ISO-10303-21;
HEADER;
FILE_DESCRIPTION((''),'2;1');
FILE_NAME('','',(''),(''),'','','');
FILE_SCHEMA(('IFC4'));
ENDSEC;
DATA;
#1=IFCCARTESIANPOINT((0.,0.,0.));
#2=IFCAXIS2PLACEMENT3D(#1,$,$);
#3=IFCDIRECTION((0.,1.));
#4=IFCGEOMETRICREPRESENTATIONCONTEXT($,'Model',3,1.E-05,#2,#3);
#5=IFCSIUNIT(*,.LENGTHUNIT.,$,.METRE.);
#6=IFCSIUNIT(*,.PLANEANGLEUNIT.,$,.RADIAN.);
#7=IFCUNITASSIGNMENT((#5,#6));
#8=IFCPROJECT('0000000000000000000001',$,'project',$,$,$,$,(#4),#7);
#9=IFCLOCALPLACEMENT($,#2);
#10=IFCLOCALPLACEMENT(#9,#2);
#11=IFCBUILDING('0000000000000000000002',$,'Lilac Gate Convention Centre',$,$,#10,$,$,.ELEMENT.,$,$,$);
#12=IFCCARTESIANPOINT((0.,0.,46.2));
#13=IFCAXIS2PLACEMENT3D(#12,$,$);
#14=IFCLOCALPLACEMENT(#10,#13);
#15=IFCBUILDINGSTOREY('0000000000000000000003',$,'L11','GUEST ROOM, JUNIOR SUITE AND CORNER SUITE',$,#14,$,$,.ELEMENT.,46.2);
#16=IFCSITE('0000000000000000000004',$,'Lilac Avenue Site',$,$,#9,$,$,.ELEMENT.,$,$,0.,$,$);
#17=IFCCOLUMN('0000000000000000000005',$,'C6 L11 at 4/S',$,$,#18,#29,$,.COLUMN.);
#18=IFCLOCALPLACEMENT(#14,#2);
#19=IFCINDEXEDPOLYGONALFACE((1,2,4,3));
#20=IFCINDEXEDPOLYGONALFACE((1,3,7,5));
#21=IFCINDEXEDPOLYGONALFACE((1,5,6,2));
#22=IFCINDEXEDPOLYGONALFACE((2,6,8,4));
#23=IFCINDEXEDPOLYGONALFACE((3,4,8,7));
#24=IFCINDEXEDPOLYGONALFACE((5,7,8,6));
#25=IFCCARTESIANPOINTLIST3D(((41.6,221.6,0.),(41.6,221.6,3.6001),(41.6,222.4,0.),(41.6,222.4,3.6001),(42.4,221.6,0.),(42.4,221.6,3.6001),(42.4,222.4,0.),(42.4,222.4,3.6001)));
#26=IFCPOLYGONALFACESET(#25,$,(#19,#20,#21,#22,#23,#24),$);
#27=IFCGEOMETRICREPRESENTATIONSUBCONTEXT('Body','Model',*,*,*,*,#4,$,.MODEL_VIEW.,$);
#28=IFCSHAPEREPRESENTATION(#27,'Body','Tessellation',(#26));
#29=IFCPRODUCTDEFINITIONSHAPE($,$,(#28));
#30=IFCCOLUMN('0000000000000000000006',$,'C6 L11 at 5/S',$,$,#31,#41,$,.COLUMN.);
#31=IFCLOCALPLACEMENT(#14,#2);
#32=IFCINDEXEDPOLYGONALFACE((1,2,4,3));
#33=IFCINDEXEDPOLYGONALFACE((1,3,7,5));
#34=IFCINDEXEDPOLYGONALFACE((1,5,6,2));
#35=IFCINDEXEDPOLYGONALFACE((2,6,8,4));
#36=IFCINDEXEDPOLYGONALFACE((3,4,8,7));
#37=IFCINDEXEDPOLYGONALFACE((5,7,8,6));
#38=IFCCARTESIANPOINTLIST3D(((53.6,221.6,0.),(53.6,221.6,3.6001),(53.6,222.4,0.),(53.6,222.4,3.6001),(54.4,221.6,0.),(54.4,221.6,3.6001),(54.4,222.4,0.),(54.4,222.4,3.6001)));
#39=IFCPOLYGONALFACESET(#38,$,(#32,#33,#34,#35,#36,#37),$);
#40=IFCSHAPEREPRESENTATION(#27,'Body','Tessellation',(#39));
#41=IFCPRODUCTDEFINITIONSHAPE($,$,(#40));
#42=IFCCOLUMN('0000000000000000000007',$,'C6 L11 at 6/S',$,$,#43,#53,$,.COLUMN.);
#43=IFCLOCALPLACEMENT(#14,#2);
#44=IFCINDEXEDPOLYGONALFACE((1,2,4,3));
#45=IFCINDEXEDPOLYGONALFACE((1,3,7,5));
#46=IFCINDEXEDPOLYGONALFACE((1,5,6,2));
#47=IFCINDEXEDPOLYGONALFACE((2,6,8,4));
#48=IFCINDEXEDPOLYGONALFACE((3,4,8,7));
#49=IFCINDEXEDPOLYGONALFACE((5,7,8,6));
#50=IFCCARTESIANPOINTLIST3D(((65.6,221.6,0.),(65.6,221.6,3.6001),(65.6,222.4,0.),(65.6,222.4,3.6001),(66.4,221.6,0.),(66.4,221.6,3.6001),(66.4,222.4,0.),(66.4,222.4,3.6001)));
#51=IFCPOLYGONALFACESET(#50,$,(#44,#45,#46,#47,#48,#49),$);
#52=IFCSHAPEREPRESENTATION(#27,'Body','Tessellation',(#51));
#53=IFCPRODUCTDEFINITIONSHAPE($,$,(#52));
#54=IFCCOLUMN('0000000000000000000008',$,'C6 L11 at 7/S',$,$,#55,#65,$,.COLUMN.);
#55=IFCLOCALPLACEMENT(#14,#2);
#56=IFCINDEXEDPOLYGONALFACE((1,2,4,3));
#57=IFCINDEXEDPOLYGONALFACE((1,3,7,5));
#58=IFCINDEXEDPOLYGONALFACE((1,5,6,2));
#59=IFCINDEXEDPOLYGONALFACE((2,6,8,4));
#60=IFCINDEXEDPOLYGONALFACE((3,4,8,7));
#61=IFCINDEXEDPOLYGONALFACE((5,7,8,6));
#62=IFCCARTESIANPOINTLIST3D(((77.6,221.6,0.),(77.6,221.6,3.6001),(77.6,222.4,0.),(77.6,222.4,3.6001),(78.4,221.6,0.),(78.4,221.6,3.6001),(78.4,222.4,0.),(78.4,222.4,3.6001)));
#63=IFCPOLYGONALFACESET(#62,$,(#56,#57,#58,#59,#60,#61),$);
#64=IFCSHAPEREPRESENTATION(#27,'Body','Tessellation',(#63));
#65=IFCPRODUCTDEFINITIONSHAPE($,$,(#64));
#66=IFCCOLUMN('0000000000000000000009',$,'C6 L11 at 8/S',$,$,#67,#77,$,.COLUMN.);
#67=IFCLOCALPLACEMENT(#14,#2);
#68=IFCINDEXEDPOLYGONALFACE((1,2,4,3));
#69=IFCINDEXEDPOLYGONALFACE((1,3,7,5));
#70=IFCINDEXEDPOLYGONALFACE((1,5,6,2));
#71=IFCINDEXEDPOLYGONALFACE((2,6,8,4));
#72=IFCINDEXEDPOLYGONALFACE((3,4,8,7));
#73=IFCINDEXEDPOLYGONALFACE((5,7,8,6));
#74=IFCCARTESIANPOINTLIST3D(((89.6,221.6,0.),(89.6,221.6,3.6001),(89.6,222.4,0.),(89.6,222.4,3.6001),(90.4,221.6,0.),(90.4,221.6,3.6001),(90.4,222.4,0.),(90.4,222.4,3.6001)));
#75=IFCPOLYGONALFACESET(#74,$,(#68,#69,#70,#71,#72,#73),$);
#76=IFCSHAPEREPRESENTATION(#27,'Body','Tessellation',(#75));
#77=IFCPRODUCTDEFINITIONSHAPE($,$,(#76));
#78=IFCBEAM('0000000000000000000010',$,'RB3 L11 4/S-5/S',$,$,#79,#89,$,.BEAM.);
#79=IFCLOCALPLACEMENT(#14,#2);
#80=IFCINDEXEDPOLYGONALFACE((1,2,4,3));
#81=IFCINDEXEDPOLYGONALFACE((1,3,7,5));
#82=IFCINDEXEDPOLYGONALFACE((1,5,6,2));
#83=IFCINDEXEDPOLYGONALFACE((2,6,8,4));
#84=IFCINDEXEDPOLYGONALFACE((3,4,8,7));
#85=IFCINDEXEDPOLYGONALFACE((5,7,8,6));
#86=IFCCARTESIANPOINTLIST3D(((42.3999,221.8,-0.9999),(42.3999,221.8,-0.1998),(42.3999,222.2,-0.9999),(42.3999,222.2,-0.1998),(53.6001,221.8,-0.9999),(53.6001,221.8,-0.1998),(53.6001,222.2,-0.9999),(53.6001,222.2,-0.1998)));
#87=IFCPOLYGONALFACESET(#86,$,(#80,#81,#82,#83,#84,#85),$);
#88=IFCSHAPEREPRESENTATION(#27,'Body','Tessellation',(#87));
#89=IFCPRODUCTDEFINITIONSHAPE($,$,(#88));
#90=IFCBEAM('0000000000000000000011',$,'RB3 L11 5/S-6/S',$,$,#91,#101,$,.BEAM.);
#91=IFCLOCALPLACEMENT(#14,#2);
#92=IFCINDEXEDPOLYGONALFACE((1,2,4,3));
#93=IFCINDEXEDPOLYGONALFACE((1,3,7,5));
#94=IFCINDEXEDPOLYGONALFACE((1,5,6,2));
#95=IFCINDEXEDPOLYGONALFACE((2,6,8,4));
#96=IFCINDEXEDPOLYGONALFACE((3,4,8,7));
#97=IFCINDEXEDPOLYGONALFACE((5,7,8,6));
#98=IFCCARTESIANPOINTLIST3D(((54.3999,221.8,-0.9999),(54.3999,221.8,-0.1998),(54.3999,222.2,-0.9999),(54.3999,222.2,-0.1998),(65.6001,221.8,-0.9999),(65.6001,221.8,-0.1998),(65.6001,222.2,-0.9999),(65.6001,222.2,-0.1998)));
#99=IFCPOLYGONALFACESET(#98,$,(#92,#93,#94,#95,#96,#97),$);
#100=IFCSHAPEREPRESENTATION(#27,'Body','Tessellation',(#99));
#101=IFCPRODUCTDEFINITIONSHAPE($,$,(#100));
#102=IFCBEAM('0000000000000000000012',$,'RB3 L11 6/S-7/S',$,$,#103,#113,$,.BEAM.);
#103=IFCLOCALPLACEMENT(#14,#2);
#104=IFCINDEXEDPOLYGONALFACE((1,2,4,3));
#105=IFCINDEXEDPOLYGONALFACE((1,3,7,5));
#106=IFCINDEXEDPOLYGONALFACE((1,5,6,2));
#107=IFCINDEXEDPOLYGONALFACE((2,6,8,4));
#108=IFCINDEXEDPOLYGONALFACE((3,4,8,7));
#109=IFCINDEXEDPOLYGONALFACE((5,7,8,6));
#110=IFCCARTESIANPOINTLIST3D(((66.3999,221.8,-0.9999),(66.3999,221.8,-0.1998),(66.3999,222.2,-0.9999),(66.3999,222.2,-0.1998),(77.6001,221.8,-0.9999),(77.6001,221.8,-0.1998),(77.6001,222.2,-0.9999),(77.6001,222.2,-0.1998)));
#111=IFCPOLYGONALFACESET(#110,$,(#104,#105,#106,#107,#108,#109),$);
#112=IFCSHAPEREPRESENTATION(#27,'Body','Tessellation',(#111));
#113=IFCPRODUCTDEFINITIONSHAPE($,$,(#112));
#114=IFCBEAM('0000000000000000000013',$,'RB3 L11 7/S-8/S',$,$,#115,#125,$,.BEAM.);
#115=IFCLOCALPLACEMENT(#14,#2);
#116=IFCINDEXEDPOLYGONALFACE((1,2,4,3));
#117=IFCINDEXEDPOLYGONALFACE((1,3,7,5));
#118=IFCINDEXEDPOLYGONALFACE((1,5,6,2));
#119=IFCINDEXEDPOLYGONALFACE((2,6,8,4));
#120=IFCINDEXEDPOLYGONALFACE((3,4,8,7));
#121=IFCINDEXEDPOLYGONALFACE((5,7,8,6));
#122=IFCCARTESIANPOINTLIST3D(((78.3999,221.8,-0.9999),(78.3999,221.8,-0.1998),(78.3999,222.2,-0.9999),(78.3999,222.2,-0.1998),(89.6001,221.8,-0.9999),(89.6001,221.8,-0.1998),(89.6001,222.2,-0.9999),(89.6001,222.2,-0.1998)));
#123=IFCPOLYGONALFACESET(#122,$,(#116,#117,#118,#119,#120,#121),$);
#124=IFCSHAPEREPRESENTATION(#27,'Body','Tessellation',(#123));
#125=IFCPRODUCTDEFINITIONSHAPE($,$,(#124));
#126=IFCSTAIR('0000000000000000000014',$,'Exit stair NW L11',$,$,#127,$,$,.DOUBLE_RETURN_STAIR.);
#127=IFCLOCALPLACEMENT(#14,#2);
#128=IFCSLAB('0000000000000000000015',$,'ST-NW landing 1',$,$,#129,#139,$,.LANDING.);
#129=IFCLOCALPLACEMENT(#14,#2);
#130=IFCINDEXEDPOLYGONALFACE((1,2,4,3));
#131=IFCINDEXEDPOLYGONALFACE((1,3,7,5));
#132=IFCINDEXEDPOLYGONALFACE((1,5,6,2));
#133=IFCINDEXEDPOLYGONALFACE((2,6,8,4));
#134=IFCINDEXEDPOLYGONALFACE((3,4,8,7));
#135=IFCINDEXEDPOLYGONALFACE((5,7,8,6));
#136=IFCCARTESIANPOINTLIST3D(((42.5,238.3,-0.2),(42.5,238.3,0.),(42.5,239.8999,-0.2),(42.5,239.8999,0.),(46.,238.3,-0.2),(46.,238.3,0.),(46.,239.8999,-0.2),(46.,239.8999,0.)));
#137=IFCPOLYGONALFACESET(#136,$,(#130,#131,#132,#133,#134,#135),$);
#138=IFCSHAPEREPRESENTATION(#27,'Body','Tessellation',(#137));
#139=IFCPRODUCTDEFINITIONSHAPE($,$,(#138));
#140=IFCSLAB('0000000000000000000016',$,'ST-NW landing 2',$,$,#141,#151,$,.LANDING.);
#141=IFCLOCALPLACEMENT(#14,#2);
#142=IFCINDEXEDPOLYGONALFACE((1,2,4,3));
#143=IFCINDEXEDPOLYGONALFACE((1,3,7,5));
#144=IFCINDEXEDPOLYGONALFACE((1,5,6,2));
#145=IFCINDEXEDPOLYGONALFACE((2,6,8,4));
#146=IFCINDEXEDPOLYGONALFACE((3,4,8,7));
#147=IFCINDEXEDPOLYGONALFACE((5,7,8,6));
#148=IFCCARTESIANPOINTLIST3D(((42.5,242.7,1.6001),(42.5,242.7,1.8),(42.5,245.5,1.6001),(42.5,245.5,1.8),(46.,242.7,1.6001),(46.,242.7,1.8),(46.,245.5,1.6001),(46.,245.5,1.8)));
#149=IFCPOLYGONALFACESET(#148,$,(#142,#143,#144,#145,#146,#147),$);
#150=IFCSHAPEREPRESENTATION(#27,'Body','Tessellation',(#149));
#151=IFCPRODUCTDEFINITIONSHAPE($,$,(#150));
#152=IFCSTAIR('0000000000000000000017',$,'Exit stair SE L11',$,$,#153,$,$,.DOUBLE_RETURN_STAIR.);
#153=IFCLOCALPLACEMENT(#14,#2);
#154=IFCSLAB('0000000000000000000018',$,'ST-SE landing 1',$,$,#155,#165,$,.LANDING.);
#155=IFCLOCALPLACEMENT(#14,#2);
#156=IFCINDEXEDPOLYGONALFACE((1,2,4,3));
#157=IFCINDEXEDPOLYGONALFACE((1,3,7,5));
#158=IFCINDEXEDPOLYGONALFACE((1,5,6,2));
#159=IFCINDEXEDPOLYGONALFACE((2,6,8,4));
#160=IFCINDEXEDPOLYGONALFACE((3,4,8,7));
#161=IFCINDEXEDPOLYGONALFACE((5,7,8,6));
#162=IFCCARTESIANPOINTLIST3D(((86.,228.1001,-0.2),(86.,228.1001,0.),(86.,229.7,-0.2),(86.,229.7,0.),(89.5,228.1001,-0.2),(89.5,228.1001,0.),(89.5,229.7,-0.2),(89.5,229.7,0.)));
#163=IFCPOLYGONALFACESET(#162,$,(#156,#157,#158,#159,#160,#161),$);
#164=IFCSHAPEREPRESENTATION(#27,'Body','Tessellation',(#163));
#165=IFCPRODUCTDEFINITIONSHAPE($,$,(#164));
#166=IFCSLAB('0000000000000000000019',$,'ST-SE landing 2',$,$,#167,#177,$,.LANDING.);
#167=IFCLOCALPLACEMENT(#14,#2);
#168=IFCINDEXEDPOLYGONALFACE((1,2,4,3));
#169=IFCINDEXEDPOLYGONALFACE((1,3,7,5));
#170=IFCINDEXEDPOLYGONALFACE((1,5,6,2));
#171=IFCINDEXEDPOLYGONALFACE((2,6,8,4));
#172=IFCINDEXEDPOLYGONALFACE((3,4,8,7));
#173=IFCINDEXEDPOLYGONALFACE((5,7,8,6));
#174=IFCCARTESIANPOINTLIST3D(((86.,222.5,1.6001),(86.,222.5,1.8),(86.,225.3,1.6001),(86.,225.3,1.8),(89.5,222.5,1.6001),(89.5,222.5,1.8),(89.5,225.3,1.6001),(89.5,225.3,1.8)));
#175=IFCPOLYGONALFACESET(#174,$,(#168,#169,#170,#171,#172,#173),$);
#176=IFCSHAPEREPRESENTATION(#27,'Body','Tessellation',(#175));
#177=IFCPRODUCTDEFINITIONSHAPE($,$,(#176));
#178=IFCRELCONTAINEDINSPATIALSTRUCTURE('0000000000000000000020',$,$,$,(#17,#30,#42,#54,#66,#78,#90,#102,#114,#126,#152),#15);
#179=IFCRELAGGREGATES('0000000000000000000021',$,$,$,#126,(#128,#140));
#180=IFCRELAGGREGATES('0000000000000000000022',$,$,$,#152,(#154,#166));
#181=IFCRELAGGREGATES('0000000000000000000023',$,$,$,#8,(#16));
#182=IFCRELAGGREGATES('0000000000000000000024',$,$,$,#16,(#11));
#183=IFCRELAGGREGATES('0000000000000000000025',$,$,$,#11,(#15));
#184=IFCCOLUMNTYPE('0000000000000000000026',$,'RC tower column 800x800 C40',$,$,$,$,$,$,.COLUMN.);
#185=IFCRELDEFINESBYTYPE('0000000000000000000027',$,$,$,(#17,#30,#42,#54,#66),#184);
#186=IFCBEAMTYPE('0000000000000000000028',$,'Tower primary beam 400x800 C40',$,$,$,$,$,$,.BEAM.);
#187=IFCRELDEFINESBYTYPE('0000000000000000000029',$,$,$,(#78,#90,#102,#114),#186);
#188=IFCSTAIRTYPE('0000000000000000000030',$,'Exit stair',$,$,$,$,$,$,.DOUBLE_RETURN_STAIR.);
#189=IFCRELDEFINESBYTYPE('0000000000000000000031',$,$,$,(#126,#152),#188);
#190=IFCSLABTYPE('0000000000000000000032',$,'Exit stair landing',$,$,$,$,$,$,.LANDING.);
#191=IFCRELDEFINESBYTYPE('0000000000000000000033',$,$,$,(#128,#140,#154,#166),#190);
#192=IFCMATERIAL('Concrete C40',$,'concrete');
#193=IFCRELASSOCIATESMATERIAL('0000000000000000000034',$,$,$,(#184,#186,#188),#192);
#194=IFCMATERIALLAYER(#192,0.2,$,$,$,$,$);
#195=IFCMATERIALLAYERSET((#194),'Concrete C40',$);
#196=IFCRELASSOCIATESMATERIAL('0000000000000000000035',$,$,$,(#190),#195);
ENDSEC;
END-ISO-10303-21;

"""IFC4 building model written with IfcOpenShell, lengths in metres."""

from ifc_helpers import new_model, si_unit, direction, frame, origin, origin_2d, place, context, subcontext, project, spatial, polyline, rectangle, outline, extrude, material, layer, layer_set, material_profile, profile_set, type_object, element, aggregate, save


model = new_model("IFC4")

# Units and contexts
model_context = context("Model", 3, precision=1e-05, world=origin(), true_north=direction((0.0, 1.0)))
body_context = subcontext(model_context, "Body", "Model", "MODEL_VIEW")
ifc_project = project(units=[si_unit("LENGTHUNIT", "METRE"), si_unit("PLANEANGLEUNIT", "RADIAN")], contexts=[model_context])

# Site, building, storey
site_placement = place(None, origin())
site = spatial("IfcSite", under=ifc_project, at=site_placement, Name="Lilac Avenue Site", CompositionType="ELEMENT", RefElevation=0.0)
building_placement = place(site_placement, origin())
building = spatial("IfcBuilding", under=site, at=building_placement, Name="Lilac Gate Convention Centre", CompositionType="ELEMENT")
storey_placement = place(building_placement, frame((0.0, 0.0, 46.2)))
storey = spatial("IfcBuildingStorey", under=building, at=storey_placement, Name="L11", Description="GUEST ROOM, JUNIOR SUITE AND CORNER SUITE", CompositionType="ELEMENT", Elevation=46.2)

# Columns
ifc_material_1 = material(Name="Concrete C40", Category="concrete")
ifc_material_profile_1 = material_profile(ifc_material_1, rectangle(XDim=0.8, YDim=0.8, at=origin_2d()), Name="RC 800x800")
ifc_profile_set_1 = profile_set([ifc_material_profile_1], Name="Concrete C40")
column_type = type_object("IfcColumnType", Name="RC tower column 800x800 C40", PredefinedType="COLUMN", material=ifc_profile_set_1)
for number, where, z_axis, x_axis, name in (
    (1, (42.0, 222.0, 0.0), (0.0, 0.0, 1.0), (1.0, 0.0, 0.0), "C6 L11 at 4/S"),
    (2, (54.0, 222.0, 0.0), (0.0, 0.0, 1.0), (1.0, 0.0, 0.0), "C6 L11 at 5/S"),
    (3, (66.0, 222.0, 0.0), (0.0, 0.0, 1.0), (1.0, 0.0, 0.0), "C6 L11 at 6/S"),
    (4, (78.0, 222.0, 0.0), (0.0, 0.0, 1.0), (1.0, 0.0, 0.0), "C6 L11 at 7/S"),
    (5, (90.0, 222.0, 0.0), (0.0, 0.0, 1.0), (1.0, 0.0, 0.0), "C6 L11 at 8/S"),
):
    element("IfcColumn", number, at=place(storey_placement, frame(where, z_axis=z_axis, x_axis=x_axis)), inside=storey, type_object=column_type, Name=name, PredefinedType="COLUMN", context=body_context, shape_type="SweptSolid", body=[
        extrude(rectangle(XDim=0.8, YDim=0.8, at=origin_2d()), origin(), (0.0, 0.0, 1.0), 3.6001),
    ])

# Beams
ifc_material_profile_2 = material_profile(ifc_material_1, rectangle(XDim=0.3999, YDim=0.8, at=origin_2d()), Name="RC 400x800")
ifc_profile_set_2 = profile_set([ifc_material_profile_2], Name="Concrete C40")
beam_type = type_object("IfcBeamType", Name="Tower primary beam 400x800 C40", PredefinedType="BEAM", material=ifc_profile_set_2)
for number, where, z_axis, x_axis, name in (
    (6, (42.3999, 222.0, -0.5999), (1.0, 0.0, 0.0), (0.0, 1.0, 0.0), "RB3 L11 4/S-5/S"),
    (7, (54.3999, 222.0, -0.5999), (1.0, 0.0, 0.0), (0.0, 1.0, 0.0), "RB3 L11 5/S-6/S"),
    (8, (66.3999, 222.0, -0.5999), (1.0, 0.0, 0.0), (0.0, 1.0, 0.0), "RB3 L11 6/S-7/S"),
    (9, (78.3999, 222.0, -0.5999), (1.0, 0.0, 0.0), (0.0, 1.0, 0.0), "RB3 L11 7/S-8/S"),
):
    element("IfcBeam", number, at=place(storey_placement, frame(where, z_axis=z_axis, x_axis=x_axis)), inside=storey, type_object=beam_type, Name=name, PredefinedType="BEAM", context=body_context, shape_type="SweptSolid", body=[
        extrude(rectangle(XDim=0.3999, YDim=0.8, at=origin_2d()), origin(), (0.0, 0.0, 1.0), 11.2002),
    ])

# Stairs, slabs
stair_type = type_object("IfcStairType", Name="Exit stair", PredefinedType="DOUBLE_RETURN_STAIR", material=ifc_material_1)
stair_1_placement = place(storey_placement, origin())
stair_1 = element("IfcStair", 10, at=stair_1_placement, inside=storey, type_object=stair_type, Name="Exit stair NW L11", PredefinedType="DOUBLE_RETURN_STAIR")
ifc_layer_1 = layer(ifc_material_1, 0.2)
ifc_layer_set_1 = layer_set([ifc_layer_1], Name="Concrete C40")
slab_type_1 = type_object("IfcSlabType", Name="Exit stair landing", PredefinedType="LANDING", material=ifc_layer_set_1)
slab_1_placement = place(storey_placement, frame((0.0, 0.0, -0.2)))
slab_1 = element("IfcSlab", 11, at=slab_1_placement, type_object=slab_type_1, Name="ST-NW landing 1", PredefinedType="LANDING", context=body_context, shape_type="SweptSolid", body=[
    extrude(outline(polyline([(42.5, 238.3), (46.0, 238.3), (46.0, 239.8999), (42.5, 239.8999), (42.5, 238.3)])), origin(), (0.0, 0.0, 1.0), 0.2),
])
slab_2_placement = place(storey_placement, frame((0.0, 0.0, 1.6001)))
slab_2 = element("IfcSlab", 12, at=slab_2_placement, type_object=slab_type_1, Name="ST-NW landing 2", PredefinedType="LANDING", context=body_context, shape_type="SweptSolid", body=[
    extrude(outline(polyline([(42.5, 242.7), (46.0, 242.7), (46.0, 245.5), (42.5, 245.5), (42.5, 242.7)])), origin(), (0.0, 0.0, 1.0), 0.2),
])
aggregate(stair_1, [slab_1, slab_2])
stair_2_placement = place(storey_placement, origin())
stair_2 = element("IfcStair", 13, at=stair_2_placement, inside=storey, type_object=stair_type, Name="Exit stair SE L11", PredefinedType="DOUBLE_RETURN_STAIR")
slab_3_placement = place(storey_placement, frame((0.0, 0.0, -0.2)))
slab_3 = element("IfcSlab", 14, at=slab_3_placement, type_object=slab_type_1, Name="ST-SE landing 1", PredefinedType="LANDING", context=body_context, shape_type="SweptSolid", body=[
    extrude(outline(polyline([(86.0, 228.1001), (89.5, 228.1001), (89.5, 229.7), (86.0, 229.7), (86.0, 228.1001)])), origin(), (0.0, 0.0, 1.0), 0.2),
])
slab_4_placement = place(storey_placement, frame((0.0, 0.0, 1.6001)))
slab_4 = element("IfcSlab", 15, at=slab_4_placement, type_object=slab_type_1, Name="ST-SE landing 2", PredefinedType="LANDING", context=body_context, shape_type="SweptSolid", body=[
    extrude(outline(polyline([(86.0, 222.5), (89.5, 222.5), (89.5, 225.3), (86.0, 225.3), (86.0, 222.5)])), origin(), (0.0, 0.0, 1.0), 0.2),
])
aggregate(stair_2, [slab_3, slab_4])

save(model, "model.ifc")
